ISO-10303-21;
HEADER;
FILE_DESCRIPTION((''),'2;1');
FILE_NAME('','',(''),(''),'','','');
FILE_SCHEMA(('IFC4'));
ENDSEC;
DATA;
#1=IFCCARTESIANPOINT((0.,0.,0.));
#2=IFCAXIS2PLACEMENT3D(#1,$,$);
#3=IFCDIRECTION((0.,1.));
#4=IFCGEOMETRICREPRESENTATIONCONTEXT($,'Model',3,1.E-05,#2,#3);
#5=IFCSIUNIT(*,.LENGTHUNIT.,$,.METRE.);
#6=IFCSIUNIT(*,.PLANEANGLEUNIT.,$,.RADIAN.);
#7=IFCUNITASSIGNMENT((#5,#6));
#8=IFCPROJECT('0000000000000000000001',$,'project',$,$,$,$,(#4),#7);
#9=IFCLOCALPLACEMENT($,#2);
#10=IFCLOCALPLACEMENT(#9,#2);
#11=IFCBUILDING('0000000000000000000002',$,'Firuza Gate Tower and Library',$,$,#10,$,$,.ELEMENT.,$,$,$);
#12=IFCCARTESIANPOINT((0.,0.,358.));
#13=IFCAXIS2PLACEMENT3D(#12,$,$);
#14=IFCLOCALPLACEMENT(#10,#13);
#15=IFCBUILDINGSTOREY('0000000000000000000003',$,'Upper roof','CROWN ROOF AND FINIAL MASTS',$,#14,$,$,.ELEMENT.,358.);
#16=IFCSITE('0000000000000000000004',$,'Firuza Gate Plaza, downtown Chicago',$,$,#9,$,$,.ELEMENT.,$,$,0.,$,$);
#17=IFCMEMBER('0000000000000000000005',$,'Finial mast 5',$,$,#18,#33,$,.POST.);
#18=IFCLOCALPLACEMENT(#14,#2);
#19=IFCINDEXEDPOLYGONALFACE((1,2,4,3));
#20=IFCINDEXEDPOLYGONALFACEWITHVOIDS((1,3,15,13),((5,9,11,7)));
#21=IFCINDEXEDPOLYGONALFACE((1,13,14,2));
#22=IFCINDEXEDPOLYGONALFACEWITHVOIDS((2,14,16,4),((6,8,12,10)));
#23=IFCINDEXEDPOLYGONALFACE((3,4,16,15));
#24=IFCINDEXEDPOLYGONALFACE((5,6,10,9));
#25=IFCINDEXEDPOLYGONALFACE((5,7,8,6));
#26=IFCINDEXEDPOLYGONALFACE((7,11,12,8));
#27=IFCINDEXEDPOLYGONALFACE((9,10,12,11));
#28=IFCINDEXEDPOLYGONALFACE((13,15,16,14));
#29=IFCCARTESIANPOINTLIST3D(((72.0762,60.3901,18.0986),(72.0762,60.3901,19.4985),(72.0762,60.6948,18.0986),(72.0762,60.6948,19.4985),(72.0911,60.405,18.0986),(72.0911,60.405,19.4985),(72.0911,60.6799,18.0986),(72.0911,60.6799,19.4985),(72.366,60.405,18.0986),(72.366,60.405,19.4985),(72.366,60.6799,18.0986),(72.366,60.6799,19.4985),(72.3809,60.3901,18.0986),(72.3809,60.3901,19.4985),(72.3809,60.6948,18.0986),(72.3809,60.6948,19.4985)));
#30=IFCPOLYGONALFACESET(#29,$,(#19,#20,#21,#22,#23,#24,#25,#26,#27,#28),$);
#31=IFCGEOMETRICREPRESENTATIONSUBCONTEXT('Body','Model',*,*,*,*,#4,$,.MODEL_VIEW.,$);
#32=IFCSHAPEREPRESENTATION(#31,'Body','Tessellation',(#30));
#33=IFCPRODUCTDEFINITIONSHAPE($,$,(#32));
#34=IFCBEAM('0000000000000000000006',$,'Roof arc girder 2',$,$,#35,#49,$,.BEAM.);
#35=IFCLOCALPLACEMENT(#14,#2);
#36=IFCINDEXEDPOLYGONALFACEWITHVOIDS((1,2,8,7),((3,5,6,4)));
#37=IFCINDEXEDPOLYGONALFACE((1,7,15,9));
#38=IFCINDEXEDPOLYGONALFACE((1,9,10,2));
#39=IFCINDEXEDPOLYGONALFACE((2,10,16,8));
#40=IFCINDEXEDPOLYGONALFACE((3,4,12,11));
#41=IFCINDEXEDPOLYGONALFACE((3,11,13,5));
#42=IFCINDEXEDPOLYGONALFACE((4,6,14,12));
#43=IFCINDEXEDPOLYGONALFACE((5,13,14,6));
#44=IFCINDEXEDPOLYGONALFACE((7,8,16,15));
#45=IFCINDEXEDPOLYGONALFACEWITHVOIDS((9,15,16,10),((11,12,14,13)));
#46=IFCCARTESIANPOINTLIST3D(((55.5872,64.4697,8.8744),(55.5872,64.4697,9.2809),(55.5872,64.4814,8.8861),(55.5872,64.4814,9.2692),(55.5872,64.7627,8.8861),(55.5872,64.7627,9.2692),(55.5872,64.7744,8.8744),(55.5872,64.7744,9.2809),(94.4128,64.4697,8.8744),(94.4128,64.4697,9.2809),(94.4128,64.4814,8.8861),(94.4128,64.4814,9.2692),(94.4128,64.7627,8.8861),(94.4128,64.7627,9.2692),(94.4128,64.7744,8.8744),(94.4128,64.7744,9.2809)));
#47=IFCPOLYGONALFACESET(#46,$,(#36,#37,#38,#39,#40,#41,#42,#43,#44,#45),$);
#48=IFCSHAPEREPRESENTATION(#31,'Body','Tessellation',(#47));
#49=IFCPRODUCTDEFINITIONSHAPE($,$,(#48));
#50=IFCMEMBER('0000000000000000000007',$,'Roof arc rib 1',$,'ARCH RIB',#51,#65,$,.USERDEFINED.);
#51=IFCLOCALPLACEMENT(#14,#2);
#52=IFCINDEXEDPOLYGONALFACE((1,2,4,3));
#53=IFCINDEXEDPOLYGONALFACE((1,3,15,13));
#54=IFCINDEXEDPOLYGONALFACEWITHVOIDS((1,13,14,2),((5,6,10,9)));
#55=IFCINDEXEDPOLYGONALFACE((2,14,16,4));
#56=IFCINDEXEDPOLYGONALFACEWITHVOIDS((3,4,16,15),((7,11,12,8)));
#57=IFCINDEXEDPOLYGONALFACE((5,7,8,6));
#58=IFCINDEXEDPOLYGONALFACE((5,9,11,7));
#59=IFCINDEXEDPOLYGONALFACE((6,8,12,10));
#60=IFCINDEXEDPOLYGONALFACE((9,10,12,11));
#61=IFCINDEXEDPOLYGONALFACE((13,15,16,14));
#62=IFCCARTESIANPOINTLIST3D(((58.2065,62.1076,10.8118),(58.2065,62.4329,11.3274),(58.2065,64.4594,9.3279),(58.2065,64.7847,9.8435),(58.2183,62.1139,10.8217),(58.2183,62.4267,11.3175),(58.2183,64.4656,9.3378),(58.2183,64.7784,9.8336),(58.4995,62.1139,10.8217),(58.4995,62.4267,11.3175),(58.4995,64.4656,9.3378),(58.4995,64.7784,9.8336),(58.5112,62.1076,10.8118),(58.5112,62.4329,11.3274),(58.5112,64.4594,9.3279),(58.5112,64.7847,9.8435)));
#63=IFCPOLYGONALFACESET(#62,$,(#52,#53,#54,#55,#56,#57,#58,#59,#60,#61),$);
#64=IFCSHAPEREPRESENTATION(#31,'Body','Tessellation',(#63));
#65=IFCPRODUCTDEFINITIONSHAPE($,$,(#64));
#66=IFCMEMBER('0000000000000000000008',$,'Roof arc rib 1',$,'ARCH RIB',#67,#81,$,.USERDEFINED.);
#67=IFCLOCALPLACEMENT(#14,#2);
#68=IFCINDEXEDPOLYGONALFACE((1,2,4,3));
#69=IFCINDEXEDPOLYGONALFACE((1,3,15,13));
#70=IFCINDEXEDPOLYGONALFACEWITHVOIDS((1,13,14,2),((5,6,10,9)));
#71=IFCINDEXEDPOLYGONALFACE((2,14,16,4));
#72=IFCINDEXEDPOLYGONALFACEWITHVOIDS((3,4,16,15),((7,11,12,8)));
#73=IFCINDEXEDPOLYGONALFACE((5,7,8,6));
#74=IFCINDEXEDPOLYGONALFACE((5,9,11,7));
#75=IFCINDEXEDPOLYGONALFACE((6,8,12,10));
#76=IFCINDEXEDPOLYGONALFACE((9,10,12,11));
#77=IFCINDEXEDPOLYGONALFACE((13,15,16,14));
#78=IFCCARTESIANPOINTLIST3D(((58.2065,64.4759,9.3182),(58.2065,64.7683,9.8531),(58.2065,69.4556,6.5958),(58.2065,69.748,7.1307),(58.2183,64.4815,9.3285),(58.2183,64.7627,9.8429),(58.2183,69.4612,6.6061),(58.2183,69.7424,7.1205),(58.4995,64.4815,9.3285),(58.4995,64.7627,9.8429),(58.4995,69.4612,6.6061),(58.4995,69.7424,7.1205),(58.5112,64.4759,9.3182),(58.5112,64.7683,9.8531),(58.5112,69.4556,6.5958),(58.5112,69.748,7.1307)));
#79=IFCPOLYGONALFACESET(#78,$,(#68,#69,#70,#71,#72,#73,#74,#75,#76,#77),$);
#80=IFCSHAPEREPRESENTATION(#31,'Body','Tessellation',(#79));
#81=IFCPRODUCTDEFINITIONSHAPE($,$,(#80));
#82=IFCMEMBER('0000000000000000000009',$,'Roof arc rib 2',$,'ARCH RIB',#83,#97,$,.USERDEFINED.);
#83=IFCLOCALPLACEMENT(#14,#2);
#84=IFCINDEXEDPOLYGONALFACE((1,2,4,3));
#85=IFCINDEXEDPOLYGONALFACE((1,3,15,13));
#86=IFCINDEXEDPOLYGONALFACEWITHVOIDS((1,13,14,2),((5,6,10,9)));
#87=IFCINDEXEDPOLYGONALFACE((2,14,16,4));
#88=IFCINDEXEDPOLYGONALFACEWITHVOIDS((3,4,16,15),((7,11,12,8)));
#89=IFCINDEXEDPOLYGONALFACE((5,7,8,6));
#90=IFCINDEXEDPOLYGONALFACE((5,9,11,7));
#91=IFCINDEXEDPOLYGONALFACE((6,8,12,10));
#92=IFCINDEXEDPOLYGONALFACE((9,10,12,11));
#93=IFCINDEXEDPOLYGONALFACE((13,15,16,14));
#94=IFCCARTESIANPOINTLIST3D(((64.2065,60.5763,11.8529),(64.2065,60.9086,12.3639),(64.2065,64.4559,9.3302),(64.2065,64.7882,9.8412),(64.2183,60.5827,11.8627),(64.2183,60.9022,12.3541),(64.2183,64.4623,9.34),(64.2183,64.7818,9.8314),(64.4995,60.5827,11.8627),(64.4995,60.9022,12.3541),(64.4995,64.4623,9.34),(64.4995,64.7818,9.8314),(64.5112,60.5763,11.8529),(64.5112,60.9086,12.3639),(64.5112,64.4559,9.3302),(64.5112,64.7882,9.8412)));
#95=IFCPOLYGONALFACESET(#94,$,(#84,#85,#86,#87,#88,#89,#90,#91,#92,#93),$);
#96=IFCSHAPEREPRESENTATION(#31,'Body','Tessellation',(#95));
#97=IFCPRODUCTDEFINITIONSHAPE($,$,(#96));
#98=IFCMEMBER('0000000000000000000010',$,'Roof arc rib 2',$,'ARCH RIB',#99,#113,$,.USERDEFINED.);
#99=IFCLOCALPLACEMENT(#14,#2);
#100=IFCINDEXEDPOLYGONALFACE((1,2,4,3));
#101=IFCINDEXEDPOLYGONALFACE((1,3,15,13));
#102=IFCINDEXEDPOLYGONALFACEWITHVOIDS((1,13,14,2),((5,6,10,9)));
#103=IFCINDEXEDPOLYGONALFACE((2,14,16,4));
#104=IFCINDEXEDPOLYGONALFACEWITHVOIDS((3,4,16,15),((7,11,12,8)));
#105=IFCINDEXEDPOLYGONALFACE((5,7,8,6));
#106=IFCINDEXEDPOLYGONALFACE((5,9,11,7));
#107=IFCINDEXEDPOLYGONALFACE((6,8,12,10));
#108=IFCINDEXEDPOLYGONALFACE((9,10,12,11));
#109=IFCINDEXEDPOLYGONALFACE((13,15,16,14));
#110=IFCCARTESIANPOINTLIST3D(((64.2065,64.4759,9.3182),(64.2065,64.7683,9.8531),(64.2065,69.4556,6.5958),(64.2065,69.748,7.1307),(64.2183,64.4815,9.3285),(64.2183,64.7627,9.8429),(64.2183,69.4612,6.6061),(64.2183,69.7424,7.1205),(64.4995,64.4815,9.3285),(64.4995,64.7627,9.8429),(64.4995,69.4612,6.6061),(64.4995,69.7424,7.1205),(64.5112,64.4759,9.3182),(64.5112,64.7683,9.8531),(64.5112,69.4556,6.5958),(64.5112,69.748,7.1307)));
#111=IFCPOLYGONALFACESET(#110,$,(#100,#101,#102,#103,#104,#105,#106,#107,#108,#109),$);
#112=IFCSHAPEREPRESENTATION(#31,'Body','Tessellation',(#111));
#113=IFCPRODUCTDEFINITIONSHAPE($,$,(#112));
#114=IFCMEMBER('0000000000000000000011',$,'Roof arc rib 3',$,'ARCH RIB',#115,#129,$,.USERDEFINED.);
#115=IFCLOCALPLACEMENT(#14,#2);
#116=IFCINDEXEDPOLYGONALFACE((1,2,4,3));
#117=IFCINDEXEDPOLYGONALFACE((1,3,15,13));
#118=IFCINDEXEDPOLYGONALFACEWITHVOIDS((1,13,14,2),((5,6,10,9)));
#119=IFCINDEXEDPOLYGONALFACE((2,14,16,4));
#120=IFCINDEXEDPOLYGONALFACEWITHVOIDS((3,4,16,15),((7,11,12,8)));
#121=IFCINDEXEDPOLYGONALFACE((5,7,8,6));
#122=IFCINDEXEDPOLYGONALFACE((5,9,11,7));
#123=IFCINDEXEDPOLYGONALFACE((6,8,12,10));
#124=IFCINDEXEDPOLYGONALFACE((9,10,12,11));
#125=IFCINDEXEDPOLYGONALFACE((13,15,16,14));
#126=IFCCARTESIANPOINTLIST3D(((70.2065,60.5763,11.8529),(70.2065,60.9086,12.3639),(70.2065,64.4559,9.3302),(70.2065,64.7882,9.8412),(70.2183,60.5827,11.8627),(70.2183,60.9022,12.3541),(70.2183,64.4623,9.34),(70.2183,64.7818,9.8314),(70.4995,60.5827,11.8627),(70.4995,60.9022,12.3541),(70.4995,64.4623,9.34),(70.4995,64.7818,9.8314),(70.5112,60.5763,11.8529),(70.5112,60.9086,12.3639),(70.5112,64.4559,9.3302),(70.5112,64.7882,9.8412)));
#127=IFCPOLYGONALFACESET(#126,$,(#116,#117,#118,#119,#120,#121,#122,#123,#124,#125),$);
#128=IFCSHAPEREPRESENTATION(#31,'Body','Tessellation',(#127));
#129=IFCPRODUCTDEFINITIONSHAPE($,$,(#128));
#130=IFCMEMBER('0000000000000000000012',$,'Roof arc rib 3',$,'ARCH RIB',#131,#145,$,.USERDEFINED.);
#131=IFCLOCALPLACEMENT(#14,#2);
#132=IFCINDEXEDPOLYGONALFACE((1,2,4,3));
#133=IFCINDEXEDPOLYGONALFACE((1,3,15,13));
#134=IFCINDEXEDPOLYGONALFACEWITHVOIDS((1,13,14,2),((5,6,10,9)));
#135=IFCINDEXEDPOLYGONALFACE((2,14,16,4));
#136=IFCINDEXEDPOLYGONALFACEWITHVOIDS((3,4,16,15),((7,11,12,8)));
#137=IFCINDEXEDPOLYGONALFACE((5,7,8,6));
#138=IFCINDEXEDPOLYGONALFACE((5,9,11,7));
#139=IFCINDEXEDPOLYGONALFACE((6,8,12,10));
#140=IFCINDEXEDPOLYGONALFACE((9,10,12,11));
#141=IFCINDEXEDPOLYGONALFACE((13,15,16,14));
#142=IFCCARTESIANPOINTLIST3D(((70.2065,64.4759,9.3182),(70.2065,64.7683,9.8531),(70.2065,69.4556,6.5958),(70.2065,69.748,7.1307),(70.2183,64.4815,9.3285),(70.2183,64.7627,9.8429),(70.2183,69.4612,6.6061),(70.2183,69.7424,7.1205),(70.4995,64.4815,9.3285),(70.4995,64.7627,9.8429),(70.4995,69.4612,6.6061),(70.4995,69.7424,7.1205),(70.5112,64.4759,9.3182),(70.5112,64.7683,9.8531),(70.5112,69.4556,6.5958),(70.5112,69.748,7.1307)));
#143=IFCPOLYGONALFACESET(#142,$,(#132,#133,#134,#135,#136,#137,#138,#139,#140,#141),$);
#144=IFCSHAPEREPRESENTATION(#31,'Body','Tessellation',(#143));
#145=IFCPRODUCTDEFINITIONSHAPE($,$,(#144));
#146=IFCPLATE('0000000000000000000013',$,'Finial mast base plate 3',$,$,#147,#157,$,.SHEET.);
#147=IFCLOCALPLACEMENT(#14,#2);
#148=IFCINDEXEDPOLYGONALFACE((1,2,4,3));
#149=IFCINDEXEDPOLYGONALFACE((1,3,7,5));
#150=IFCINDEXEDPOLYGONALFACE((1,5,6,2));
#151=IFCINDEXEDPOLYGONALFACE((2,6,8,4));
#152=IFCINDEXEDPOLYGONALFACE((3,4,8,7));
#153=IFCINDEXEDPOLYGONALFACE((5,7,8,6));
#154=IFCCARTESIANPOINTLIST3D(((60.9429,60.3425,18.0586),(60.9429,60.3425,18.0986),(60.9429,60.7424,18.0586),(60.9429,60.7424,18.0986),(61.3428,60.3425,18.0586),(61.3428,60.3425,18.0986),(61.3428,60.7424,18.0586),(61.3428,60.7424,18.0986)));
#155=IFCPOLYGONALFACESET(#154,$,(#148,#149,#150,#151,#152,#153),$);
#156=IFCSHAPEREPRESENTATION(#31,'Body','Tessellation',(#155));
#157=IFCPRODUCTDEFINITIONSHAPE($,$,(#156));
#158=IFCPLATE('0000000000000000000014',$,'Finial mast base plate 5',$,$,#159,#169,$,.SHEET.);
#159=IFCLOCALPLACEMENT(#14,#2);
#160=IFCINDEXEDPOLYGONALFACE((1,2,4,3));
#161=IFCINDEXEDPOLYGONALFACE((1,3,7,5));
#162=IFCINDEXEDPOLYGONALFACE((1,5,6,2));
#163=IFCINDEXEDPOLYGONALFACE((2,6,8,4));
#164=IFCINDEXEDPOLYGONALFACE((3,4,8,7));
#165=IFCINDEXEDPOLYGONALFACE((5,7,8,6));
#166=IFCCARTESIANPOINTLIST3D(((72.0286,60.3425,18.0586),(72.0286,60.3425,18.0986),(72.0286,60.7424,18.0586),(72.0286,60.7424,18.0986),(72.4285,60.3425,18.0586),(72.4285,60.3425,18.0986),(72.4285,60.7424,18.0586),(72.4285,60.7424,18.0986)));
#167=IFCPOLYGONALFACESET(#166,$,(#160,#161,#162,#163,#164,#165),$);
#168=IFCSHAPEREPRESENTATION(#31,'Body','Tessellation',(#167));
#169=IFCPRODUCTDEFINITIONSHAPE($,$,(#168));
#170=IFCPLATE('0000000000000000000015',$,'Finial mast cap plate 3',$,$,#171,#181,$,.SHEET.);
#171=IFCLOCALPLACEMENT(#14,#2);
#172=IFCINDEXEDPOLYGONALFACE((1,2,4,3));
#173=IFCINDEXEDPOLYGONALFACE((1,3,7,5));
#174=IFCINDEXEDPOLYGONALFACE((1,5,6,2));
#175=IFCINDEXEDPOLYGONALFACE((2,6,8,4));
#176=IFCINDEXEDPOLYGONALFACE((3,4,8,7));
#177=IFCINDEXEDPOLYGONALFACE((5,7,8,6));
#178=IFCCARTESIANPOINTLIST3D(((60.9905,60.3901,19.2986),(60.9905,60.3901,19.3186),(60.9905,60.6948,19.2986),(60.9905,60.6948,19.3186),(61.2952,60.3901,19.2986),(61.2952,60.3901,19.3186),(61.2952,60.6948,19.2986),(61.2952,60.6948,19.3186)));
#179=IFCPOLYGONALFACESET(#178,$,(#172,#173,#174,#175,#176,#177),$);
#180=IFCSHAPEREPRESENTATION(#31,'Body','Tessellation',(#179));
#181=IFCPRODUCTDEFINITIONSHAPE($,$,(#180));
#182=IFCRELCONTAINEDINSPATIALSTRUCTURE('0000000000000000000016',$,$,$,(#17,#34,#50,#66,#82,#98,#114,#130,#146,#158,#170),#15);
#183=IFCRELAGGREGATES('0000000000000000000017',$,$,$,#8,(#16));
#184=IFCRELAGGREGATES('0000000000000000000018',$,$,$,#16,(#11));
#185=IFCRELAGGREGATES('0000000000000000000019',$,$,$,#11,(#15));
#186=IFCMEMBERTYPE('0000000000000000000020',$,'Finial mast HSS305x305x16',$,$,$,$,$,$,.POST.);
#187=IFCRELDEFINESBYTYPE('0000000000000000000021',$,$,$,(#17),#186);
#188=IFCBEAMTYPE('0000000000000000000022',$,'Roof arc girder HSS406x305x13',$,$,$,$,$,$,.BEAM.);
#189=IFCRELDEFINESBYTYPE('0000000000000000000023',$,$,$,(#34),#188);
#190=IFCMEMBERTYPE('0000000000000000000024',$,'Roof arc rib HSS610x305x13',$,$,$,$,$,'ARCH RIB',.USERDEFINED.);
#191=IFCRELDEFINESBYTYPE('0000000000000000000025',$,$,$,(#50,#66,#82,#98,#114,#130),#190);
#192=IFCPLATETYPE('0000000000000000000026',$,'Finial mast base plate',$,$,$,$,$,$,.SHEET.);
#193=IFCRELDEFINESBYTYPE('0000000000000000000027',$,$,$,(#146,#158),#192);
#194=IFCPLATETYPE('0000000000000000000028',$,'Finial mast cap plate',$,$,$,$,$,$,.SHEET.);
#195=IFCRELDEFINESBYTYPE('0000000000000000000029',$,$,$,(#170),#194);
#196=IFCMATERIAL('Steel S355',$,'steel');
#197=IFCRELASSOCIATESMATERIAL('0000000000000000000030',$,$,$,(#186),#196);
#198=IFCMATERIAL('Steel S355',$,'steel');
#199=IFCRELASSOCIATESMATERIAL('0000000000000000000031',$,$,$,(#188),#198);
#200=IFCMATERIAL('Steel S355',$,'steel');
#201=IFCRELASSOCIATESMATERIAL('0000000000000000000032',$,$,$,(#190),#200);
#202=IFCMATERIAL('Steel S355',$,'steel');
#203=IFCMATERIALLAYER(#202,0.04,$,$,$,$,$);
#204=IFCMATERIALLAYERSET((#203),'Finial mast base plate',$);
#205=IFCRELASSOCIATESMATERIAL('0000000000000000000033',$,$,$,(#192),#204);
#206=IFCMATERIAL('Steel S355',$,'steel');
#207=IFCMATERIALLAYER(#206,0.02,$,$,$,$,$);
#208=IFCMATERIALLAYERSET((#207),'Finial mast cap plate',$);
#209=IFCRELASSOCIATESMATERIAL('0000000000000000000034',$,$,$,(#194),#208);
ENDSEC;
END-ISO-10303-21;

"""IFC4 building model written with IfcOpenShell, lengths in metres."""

from ifc_helpers import new_model, si_unit, direction, frame, origin, origin_2d, place, context, subcontext, project, spatial, rectangle, hollow_rectangle, extrude, material, layer, layer_set, material_profile, profile_set, type_object, element, save


model = new_model("IFC4")

# Units and contexts
model_context = context("Model", 3, precision=1e-05, world=origin(), true_north=direction((0.0, 1.0)))
body_context = subcontext(model_context, "Body", "Model", "MODEL_VIEW")
ifc_project = project(units=[si_unit("LENGTHUNIT", "METRE"), si_unit("PLANEANGLEUNIT", "RADIAN")], contexts=[model_context])

# Site, building, storey
site_placement = place(None, origin())
site = spatial("IfcSite", under=ifc_project, at=site_placement, Name="Firuza Gate Plaza, downtown Chicago", CompositionType="ELEMENT", RefElevation=0.0)
building_placement = place(site_placement, origin())
building = spatial("IfcBuilding", under=site, at=building_placement, Name="Firuza Gate Tower and Library", CompositionType="ELEMENT")
storey_placement = place(building_placement, frame((0.0, 0.0, 358.0)))
storey = spatial("IfcBuildingStorey", under=building, at=storey_placement, Name="Upper roof", Description="CROWN ROOF AND FINIAL MASTS", CompositionType="ELEMENT", Elevation=358.0)

# Member
ifc_material_1 = material(Name="Steel S355", Category="steel")
ifc_material_profile_1 = material_profile(ifc_material_1, hollow_rectangle(XDim=0.3047, YDim=0.3047, WallThickness=0.0149, at=origin_2d()))
ifc_profile_set_1 = profile_set([ifc_material_profile_1], Name="Steel S355")
member_type_1 = type_object("IfcMemberType", Name="Finial mast HSS305x305x16", PredefinedType="POST", material=ifc_profile_set_1)
member_1_placement = place(storey_placement, frame((72.2285, 60.5425, 18.0986), z_axis=(0.0, 0.0, 1.0), x_axis=(1.0, 0.0, 0.0)))
element("IfcMember", 1, at=member_1_placement, inside=storey, type_object=member_type_1, Name="Finial mast 5", PredefinedType="POST", context=body_context, shape_type="SweptSolid", body=[
    extrude(hollow_rectangle(XDim=0.3047, YDim=0.3047, WallThickness=0.0149, at=origin_2d()), origin(), (0.0, 0.0, 1.0), 1.3999),
])

# Beam
ifc_material_2 = material(Name="Steel S355", Category="steel")
ifc_material_profile_2 = material_profile(ifc_material_2, hollow_rectangle(XDim=0.3047, YDim=0.4065, WallThickness=0.0117, at=origin_2d()))
ifc_profile_set_2 = profile_set([ifc_material_profile_2], Name="Steel S355")
beam_type_1 = type_object("IfcBeamType", Name="Roof arc girder HSS406x305x13", PredefinedType="BEAM", material=ifc_profile_set_2)
beam_1_placement = place(storey_placement, frame((55.5872, 64.6221, 9.0776), z_axis=(1.0, 0.0, 0.0), x_axis=(0.0, 1.0, 0.0)))
element("IfcBeam", 2, at=beam_1_placement, inside=storey, type_object=beam_type_1, Name="Roof arc girder 2", PredefinedType="BEAM", context=body_context, shape_type="SweptSolid", body=[
    extrude(hollow_rectangle(XDim=0.3047, YDim=0.4065, WallThickness=0.0117, at=origin_2d()), origin(), (0.0, 0.0, 1.0), 38.8257),
])

# Members
ifc_material_3 = material(Name="Steel S355", Category="steel")
ifc_material_profile_3 = material_profile(ifc_material_3, hollow_rectangle(XDim=0.3047, YDim=0.6096, WallThickness=0.0117, at=origin_2d()))
ifc_profile_set_3 = profile_set([ifc_material_profile_3], Name="Steel S355")
member_type_2 = type_object("IfcMemberType", Name="Roof arc rib HSS610x305x13", ElementType="ARCH RIB", PredefinedType="USERDEFINED", material=ifc_profile_set_3)
member_2_placement = place(storey_placement, frame((58.3589, 62.2703, 11.0696), z_axis=(0.0, 0.845727, -0.533616), x_axis=(-1.0, 0.0, 0.0)))
element("IfcMember", 3, at=member_2_placement, inside=storey, type_object=member_type_2, Name="Roof arc rib 1", ObjectType="ARCH RIB", PredefinedType="USERDEFINED", context=body_context, shape_type="SweptSolid", body=[
    extrude(hollow_rectangle(XDim=0.3047, YDim=0.6096, WallThickness=0.0117, at=origin_2d()), origin(), (0.0, 0.0, 1.0), 2.7808),
])
member_3_placement = place(storey_placement, frame((58.3589, 64.6221, 9.5857), z_axis=(0.0, 0.877436, -0.479693), x_axis=(-1.0, 0.0, 0.0)))
element("IfcMember", 4, at=member_3_placement, inside=storey, type_object=member_type_2, Name="Roof arc rib 1", ObjectType="ARCH RIB", PredefinedType="USERDEFINED", context=body_context, shape_type="SweptSolid", body=[
    extrude(hollow_rectangle(XDim=0.3047, YDim=0.6096, WallThickness=0.0117, at=origin_2d()), origin(), (0.0, 0.0, 1.0), 5.6753),
])
member_4_placement = place(storey_placement, frame((64.3589, 60.7424, 12.1084), z_axis=(0.0, 0.838351, -0.545131), x_axis=(-1.0, 0.0, 0.0)))
element("IfcMember", 5, at=member_4_placement, inside=storey, type_object=member_type_2, Name="Roof arc rib 2", ObjectType="ARCH RIB", PredefinedType="USERDEFINED", context=body_context, shape_type="SweptSolid", body=[
    extrude(hollow_rectangle(XDim=0.3047, YDim=0.6096, WallThickness=0.0117, at=origin_2d()), origin(), (0.0, 0.0, 1.0), 4.6277),
])
member_5_placement = place(storey_placement, frame((64.3589, 64.6221, 9.5857), z_axis=(0.0, 0.877436, -0.479693), x_axis=(-1.0, 0.0, 0.0)))
element("IfcMember", 6, at=member_5_placement, inside=storey, type_object=member_type_2, Name="Roof arc rib 2", ObjectType="ARCH RIB", PredefinedType="USERDEFINED", context=body_context, shape_type="SweptSolid", body=[
    extrude(hollow_rectangle(XDim=0.3047, YDim=0.6096, WallThickness=0.0117, at=origin_2d()), origin(), (0.0, 0.0, 1.0), 5.6753),
])
member_6_placement = place(storey_placement, frame((70.3589, 60.7424, 12.1084), z_axis=(0.0, 0.838351, -0.545131), x_axis=(-1.0, 0.0, 0.0)))
element("IfcMember", 7, at=member_6_placement, inside=storey, type_object=member_type_2, Name="Roof arc rib 3", ObjectType="ARCH RIB", PredefinedType="USERDEFINED", context=body_context, shape_type="SweptSolid", body=[
    extrude(hollow_rectangle(XDim=0.3047, YDim=0.6096, WallThickness=0.0117, at=origin_2d()), origin(), (0.0, 0.0, 1.0), 4.6277),
])
member_7_placement = place(storey_placement, frame((70.3589, 64.6221, 9.5857), z_axis=(0.0, 0.877436, -0.479693), x_axis=(-1.0, 0.0, 0.0)))
element("IfcMember", 8, at=member_7_placement, inside=storey, type_object=member_type_2, Name="Roof arc rib 3", ObjectType="ARCH RIB", PredefinedType="USERDEFINED", context=body_context, shape_type="SweptSolid", body=[
    extrude(hollow_rectangle(XDim=0.3047, YDim=0.6096, WallThickness=0.0117, at=origin_2d()), origin(), (0.0, 0.0, 1.0), 5.6753),
])

# Plates
ifc_material_4 = material(Name="Steel S355", Category="steel")
ifc_layer_1 = layer(ifc_material_4, 0.04)
ifc_layer_set_1 = layer_set([ifc_layer_1], Name="Finial mast base plate")
plate_type_1 = type_object("IfcPlateType", Name="Finial mast base plate", PredefinedType="SHEET", material=ifc_layer_set_1)
for number, where, z_axis, x_axis, name in (
    (9, (61.1428, 60.5425, 18.0586), (0.0, 0.0, 1.0), (1.0, 0.0, 0.0), "Finial mast base plate 3"),
    (10, (72.2285, 60.5425, 18.0586), (0.0, 0.0, 1.0), (1.0, 0.0, 0.0), "Finial mast base plate 5"),
):
    element("IfcPlate", number, at=place(storey_placement, frame(where, z_axis=z_axis, x_axis=x_axis)), inside=storey, type_object=plate_type_1, Name=name, PredefinedType="SHEET", context=body_context, shape_type="SweptSolid", body=[
        extrude(rectangle(XDim=0.3999, YDim=0.3999, at=origin_2d()), origin(), (0.0, 0.0, 1.0), 0.04),
    ])
ifc_material_5 = material(Name="Steel S355", Category="steel")
ifc_layer_2 = layer(ifc_material_5, 0.02)
ifc_layer_set_2 = layer_set([ifc_layer_2], Name="Finial mast cap plate")
plate_type_2 = type_object("IfcPlateType", Name="Finial mast cap plate", PredefinedType="SHEET", material=ifc_layer_set_2)
for number, where, z_axis, x_axis, name in (
    (11, (61.1428, 60.5425, 19.2986), (0.0, 0.0, 1.0), (1.0, 0.0, 0.0), "Finial mast cap plate 3"),
):
    element("IfcPlate", number, at=place(storey_placement, frame(where, z_axis=z_axis, x_axis=x_axis)), inside=storey, type_object=plate_type_2, Name=name, PredefinedType="SHEET", context=body_context, shape_type="SweptSolid", body=[
        extrude(rectangle(XDim=0.3047, YDim=0.3047, at=origin_2d()), origin(), (0.0, 0.0, 1.0), 0.02),
    ])

save(model, "model.ifc")
